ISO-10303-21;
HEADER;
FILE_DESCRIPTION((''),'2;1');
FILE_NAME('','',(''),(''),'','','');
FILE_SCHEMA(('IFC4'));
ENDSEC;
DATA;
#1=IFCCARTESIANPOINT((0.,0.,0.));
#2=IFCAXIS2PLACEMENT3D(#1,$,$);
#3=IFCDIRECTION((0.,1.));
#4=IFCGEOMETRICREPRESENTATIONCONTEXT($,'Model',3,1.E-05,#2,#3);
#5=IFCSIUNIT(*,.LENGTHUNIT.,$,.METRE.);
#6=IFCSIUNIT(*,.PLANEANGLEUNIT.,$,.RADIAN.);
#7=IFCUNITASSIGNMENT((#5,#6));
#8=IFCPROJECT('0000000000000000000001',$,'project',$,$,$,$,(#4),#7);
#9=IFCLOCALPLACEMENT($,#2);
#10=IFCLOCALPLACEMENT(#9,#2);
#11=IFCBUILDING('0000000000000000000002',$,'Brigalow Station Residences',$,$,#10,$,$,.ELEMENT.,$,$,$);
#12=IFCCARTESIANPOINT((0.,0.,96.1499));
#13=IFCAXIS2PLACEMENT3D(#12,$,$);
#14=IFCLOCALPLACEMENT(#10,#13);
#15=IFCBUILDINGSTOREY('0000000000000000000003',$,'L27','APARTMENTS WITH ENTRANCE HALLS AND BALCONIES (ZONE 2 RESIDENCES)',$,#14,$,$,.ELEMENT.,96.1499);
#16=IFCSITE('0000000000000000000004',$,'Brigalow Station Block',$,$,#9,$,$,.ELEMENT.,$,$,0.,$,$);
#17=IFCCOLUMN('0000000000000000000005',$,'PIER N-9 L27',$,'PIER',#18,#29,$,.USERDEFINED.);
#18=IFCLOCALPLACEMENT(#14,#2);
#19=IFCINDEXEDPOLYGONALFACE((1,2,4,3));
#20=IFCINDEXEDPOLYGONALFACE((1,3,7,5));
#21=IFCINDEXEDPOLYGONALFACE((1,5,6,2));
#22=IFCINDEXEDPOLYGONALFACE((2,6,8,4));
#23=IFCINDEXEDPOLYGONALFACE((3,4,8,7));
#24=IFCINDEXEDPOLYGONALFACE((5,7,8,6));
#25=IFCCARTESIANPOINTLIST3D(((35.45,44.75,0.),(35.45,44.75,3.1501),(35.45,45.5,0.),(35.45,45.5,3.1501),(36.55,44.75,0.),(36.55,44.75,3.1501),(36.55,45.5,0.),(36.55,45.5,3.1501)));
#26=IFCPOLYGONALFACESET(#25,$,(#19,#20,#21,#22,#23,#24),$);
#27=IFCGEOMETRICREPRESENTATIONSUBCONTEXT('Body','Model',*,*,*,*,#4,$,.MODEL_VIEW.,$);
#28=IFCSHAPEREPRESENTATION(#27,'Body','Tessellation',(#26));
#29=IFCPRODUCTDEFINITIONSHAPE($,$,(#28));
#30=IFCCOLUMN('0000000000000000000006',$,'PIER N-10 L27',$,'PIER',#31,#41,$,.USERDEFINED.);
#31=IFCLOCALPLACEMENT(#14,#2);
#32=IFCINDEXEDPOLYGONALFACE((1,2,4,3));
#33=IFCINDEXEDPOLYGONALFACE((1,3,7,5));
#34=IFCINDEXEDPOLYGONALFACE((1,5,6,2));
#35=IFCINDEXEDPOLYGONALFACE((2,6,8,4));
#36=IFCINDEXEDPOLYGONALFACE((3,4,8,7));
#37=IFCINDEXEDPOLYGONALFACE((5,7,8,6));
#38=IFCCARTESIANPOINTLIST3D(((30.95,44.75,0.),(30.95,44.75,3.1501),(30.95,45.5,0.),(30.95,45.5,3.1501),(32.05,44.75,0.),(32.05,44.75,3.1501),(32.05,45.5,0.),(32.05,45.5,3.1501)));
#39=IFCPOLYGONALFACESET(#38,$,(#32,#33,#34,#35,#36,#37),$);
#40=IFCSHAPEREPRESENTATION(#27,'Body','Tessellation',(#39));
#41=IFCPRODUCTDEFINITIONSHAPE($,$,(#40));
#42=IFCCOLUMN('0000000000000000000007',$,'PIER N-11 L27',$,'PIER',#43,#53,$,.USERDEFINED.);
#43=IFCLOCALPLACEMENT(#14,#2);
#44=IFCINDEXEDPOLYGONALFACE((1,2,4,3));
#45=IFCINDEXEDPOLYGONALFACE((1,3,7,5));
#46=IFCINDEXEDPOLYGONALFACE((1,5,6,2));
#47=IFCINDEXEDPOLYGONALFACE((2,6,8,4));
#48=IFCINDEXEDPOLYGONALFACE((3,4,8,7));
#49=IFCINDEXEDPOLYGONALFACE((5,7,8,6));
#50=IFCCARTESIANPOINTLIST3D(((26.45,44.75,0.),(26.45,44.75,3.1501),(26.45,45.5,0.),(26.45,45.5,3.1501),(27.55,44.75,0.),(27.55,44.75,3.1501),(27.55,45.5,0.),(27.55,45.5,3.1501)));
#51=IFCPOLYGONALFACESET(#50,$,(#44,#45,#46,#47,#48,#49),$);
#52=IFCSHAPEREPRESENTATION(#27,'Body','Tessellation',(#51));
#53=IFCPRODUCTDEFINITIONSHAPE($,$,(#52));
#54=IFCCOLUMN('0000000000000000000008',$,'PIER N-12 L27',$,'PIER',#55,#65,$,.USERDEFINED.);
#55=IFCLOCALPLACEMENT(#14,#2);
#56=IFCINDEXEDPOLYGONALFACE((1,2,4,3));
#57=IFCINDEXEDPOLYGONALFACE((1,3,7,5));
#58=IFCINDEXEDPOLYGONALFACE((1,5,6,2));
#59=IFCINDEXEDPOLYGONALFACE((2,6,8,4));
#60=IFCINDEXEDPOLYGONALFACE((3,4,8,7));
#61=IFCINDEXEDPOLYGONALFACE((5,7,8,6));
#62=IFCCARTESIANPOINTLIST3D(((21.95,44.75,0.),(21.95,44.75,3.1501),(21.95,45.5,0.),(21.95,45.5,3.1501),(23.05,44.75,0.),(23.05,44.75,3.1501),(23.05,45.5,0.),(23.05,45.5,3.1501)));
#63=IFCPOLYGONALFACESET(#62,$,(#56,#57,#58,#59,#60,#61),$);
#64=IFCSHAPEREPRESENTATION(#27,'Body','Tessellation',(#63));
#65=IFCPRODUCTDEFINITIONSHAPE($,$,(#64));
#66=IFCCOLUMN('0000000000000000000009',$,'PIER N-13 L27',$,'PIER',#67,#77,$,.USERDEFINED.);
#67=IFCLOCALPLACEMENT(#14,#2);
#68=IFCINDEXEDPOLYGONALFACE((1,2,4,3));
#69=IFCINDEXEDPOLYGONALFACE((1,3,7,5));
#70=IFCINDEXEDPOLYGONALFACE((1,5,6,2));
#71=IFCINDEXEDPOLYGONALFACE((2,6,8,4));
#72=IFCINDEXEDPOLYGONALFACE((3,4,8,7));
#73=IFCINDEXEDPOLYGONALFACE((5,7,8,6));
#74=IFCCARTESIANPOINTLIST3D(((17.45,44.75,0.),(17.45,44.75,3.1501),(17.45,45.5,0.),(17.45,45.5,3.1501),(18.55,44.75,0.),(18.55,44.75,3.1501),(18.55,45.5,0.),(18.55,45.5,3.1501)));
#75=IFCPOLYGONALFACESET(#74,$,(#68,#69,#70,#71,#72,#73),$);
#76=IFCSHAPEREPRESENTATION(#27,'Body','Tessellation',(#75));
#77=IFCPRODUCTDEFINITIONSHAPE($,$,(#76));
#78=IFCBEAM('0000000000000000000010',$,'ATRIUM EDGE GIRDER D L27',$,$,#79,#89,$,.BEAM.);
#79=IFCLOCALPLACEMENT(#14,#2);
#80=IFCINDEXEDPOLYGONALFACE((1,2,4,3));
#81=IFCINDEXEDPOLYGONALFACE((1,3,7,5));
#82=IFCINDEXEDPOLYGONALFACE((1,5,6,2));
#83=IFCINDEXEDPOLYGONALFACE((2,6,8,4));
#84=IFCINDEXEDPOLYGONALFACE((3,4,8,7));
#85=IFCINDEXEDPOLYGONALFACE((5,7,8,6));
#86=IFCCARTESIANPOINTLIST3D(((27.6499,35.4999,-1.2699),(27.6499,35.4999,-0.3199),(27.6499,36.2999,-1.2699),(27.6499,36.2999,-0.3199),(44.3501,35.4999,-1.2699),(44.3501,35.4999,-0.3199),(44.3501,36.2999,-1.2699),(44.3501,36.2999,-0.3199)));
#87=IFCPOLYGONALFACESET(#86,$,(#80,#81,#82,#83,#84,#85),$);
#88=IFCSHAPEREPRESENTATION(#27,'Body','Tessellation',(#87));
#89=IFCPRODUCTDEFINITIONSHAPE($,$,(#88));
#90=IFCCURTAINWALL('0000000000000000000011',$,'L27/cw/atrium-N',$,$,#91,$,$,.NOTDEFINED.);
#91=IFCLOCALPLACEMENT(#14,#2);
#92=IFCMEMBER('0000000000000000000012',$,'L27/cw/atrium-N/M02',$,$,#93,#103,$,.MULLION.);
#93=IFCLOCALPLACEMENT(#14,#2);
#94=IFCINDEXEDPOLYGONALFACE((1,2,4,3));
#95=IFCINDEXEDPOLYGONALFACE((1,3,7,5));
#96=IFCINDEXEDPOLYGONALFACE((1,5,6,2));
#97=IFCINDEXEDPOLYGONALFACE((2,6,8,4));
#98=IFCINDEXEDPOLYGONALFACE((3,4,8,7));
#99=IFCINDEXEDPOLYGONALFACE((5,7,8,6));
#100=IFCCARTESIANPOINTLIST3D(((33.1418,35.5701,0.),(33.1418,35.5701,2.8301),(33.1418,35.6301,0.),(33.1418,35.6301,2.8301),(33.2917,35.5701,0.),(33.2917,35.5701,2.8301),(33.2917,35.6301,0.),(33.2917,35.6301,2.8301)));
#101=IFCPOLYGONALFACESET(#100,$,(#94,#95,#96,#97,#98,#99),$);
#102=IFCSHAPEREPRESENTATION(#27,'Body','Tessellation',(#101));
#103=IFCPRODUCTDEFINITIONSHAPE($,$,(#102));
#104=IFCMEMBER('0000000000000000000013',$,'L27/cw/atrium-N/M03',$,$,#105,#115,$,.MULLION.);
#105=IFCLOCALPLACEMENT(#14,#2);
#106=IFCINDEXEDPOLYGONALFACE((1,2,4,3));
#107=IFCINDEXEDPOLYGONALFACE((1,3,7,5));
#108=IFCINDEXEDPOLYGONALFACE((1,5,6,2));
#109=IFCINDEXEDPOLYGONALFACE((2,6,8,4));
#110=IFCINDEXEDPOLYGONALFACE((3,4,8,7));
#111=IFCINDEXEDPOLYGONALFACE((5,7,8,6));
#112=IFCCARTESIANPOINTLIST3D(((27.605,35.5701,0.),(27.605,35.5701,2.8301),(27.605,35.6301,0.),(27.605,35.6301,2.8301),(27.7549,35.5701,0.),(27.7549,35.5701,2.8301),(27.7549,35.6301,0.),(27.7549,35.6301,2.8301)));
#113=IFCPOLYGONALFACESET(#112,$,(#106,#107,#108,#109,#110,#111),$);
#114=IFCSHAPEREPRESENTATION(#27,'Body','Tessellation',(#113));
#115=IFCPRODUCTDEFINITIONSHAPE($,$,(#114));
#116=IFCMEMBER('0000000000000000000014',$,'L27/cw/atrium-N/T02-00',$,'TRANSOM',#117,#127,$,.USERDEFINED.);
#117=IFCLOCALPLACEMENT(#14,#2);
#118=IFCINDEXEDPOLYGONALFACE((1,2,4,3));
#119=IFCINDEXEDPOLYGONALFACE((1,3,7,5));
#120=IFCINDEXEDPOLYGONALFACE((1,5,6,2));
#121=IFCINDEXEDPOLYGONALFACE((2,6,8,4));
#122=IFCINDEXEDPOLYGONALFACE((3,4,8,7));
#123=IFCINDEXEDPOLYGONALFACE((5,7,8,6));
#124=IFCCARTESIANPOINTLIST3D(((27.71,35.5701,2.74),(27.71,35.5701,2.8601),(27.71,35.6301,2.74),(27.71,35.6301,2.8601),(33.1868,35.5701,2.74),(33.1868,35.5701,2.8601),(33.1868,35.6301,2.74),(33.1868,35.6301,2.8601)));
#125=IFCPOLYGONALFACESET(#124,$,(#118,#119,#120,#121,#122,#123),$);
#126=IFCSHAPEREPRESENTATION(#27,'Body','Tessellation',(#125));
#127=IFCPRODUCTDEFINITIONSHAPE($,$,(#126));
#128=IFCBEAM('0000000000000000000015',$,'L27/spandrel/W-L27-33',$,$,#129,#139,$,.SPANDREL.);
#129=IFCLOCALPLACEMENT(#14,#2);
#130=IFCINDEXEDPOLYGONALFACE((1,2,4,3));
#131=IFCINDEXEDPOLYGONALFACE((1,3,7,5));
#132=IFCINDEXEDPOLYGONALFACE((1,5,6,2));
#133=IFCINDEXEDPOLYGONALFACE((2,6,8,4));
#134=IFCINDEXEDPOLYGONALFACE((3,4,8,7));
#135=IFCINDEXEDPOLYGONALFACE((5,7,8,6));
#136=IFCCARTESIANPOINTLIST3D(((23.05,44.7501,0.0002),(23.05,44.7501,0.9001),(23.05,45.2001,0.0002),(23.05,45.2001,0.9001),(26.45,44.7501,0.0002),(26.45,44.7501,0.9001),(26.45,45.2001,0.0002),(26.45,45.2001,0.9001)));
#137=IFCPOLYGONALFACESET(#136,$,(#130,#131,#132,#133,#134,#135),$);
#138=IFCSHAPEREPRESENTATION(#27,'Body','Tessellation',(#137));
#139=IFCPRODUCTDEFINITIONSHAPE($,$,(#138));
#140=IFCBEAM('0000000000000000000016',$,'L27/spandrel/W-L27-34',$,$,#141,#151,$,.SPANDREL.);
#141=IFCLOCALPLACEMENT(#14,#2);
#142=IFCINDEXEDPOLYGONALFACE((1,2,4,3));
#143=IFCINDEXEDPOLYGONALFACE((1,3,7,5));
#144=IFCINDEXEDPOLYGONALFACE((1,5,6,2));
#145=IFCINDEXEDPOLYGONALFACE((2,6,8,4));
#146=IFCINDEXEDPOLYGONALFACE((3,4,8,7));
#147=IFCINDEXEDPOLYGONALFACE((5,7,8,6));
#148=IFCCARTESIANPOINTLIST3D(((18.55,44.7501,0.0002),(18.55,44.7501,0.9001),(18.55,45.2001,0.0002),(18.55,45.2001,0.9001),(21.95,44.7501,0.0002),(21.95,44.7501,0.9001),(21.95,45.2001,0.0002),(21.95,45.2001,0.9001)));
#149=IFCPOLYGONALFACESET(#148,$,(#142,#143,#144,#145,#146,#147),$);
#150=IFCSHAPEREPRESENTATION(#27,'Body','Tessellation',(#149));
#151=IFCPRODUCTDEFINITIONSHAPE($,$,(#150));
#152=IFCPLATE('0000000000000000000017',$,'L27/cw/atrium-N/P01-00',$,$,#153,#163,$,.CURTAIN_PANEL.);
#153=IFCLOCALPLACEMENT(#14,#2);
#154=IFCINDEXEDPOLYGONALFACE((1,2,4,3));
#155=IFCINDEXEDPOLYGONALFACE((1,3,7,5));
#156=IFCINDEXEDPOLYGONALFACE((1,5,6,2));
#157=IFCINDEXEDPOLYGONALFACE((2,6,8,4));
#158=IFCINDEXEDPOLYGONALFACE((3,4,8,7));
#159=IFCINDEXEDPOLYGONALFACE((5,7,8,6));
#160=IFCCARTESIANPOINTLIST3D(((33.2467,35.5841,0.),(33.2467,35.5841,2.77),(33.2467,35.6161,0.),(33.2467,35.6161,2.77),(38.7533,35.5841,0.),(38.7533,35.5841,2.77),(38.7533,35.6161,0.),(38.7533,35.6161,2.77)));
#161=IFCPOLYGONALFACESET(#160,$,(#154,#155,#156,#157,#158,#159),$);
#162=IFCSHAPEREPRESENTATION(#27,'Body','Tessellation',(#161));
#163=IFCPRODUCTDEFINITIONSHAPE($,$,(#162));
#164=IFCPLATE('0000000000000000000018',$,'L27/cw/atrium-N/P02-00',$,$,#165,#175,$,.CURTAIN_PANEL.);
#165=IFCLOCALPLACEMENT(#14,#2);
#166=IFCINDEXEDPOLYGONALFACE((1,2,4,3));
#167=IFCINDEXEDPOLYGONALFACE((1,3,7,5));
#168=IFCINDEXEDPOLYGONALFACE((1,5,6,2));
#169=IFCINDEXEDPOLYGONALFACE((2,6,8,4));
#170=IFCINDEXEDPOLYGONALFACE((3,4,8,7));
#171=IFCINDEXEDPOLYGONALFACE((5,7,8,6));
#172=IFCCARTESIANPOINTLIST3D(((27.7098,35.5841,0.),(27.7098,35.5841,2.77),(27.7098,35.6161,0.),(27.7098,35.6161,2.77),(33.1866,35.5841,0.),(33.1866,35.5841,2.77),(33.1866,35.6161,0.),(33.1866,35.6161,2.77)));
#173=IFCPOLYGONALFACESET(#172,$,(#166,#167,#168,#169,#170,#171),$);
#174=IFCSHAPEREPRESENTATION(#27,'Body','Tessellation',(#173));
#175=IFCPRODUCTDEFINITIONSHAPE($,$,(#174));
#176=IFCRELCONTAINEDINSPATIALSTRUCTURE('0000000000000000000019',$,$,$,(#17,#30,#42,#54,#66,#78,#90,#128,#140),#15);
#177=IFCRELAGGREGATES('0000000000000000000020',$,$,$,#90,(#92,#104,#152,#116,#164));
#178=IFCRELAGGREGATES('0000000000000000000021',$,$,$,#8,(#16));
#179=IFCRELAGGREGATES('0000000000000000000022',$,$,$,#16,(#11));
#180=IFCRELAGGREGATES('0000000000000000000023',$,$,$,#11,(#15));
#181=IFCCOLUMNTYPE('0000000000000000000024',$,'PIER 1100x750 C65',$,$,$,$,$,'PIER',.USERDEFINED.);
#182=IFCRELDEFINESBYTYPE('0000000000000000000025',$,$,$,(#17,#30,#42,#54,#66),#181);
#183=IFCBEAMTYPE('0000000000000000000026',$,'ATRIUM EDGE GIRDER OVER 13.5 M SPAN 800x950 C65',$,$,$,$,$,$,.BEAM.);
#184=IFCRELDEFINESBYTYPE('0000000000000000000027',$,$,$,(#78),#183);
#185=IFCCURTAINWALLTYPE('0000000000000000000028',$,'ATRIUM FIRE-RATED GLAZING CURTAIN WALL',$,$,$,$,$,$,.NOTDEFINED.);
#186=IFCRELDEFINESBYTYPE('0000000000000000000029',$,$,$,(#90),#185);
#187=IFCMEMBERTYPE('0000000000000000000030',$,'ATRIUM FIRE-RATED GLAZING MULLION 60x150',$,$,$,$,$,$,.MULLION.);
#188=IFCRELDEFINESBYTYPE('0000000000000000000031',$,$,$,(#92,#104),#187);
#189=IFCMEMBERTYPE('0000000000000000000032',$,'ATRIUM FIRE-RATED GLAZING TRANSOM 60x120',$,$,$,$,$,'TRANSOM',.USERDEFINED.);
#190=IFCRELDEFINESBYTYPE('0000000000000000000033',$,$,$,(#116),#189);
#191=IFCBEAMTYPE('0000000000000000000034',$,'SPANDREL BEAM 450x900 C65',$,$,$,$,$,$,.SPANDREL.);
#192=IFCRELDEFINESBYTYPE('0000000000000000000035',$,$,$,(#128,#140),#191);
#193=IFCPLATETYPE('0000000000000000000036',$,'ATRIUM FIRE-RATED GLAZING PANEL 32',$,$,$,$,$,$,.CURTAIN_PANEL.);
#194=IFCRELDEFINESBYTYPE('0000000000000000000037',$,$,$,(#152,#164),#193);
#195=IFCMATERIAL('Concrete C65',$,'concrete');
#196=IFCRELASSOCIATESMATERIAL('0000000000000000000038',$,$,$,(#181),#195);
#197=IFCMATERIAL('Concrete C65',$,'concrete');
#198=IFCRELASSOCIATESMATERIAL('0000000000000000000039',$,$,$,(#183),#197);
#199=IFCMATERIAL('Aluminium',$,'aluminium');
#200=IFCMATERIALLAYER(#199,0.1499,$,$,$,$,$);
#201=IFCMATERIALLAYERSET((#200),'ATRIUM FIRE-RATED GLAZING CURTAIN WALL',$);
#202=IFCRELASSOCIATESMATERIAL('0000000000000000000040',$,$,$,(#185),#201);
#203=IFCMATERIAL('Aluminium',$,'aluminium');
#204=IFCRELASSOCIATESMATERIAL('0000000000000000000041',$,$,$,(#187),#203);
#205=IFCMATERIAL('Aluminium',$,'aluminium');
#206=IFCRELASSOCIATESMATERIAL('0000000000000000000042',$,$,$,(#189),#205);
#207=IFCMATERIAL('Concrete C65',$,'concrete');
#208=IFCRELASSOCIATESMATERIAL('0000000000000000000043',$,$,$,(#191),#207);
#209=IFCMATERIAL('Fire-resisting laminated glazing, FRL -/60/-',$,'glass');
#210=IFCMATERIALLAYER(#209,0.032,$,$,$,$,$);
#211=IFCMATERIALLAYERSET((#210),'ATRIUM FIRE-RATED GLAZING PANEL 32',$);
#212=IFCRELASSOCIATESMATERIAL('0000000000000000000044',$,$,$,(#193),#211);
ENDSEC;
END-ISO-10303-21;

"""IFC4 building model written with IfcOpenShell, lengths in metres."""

from ifc_helpers import new_model, si_unit, direction, frame, origin, origin_2d, place, context, subcontext, project, spatial, rectangle, extrude, material, layer, layer_set, material_profile, profile_set, type_object, element, aggregate, save


model = new_model("IFC4")

# Units and contexts
model_context = context("Model", 3, precision=1e-05, world=origin(), true_north=direction((0.0, 1.0)))
body_context = subcontext(model_context, "Body", "Model", "MODEL_VIEW")
ifc_project = project(units=[si_unit("LENGTHUNIT", "METRE"), si_unit("PLANEANGLEUNIT", "RADIAN")], contexts=[model_context])

# Site, building, storey
site_placement = place(None, origin())
site = spatial("IfcSite", under=ifc_project, at=site_placement, Name="Brigalow Station Block", CompositionType="ELEMENT", RefElevation=0.0)
building_placement = place(site_placement, origin())
building = spatial("IfcBuilding", under=site, at=building_placement, Name="Brigalow Station Residences", CompositionType="ELEMENT")
storey_placement = place(building_placement, frame((0.0, 0.0, 96.1499)))
storey = spatial("IfcBuildingStorey", under=building, at=storey_placement, Name="L27", Description="APARTMENTS WITH ENTRANCE HALLS AND BALCONIES (ZONE 2 RESIDENCES)", CompositionType="ELEMENT", Elevation=96.1499)

# Columns
ifc_material_1 = material(Name="Concrete C65", Category="concrete")
ifc_material_profile_1 = material_profile(ifc_material_1, rectangle(XDim=1.1001, YDim=0.75, at=origin_2d()), Name="RC1100x750")
ifc_profile_set_1 = profile_set([ifc_material_profile_1], Name="Concrete C65")
column_type = type_object("IfcColumnType", Name="PIER 1100x750 C65", ElementType="PIER", PredefinedType="USERDEFINED", material=ifc_profile_set_1)
for number, where, z_axis, x_axis, name in (
    (1, (36.0, 45.125, 0.0), (0.0, 0.0, 1.0), (-1.0, 0.0, 0.0), "PIER N-9 L27"),
    (2, (31.5, 45.125, 0.0), (0.0, 0.0, 1.0), (-1.0, 0.0, 0.0), "PIER N-10 L27"),
    (3, (27.0, 45.125, 0.0), (0.0, 0.0, 1.0), (-1.0, 0.0, 0.0), "PIER N-11 L27"),
    (4, (22.5, 45.125, 0.0), (0.0, 0.0, 1.0), (-1.0, 0.0, 0.0), "PIER N-12 L27"),
    (5, (18.0, 45.125, 0.0), (0.0, 0.0, 1.0), (-1.0, 0.0, 0.0), "PIER N-13 L27"),
):
    element("IfcColumn", number, at=place(storey_placement, frame(where, z_axis=z_axis, x_axis=x_axis)), inside=storey, type_object=column_type, Name=name, ObjectType="PIER", PredefinedType="USERDEFINED", context=body_context, shape_type="SweptSolid", body=[
        extrude(rectangle(XDim=1.1001, YDim=0.75, at=origin_2d()), origin(), (0.0, 0.0, 1.0), 3.1501),
    ])

# Beam
ifc_material_2 = material(Name="Concrete C65", Category="concrete")
ifc_material_profile_2 = material_profile(ifc_material_2, rectangle(XDim=0.8, YDim=0.95, at=origin_2d()), Name="RC800x950")
ifc_profile_set_2 = profile_set([ifc_material_profile_2], Name="Concrete C65")
beam_type_1 = type_object("IfcBeamType", Name="ATRIUM EDGE GIRDER OVER 13.5 M SPAN 800x950 C65", PredefinedType="BEAM", material=ifc_profile_set_2)
beam_placement = place(storey_placement, frame((27.6499, 35.8999, -0.7949), z_axis=(1.0, 0.0, 0.0), x_axis=(0.0, 1.0, 0.0)))
element("IfcBeam", 6, at=beam_placement, inside=storey, type_object=beam_type_1, Name="ATRIUM EDGE GIRDER D L27", PredefinedType="BEAM", context=body_context, shape_type="SweptSolid", body=[
    extrude(rectangle(XDim=0.8, YDim=0.95, at=origin_2d()), origin(), (0.0, 0.0, 1.0), 16.7002),
])

# Curtain wall, members
ifc_material_3 = material(Name="Aluminium", Category="aluminium")
ifc_layer_1 = layer(ifc_material_3, 0.1499)
ifc_layer_set_1 = layer_set([ifc_layer_1], Name="ATRIUM FIRE-RATED GLAZING CURTAIN WALL")
curtain_wall_type = type_object("IfcCurtainWallType", Name="ATRIUM FIRE-RATED GLAZING CURTAIN WALL", PredefinedType="NOTDEFINED", material=ifc_layer_set_1)
curtain_wall_placement = place(storey_placement, origin())
curtain_wall = element("IfcCurtainWall", 7, at=curtain_wall_placement, inside=storey, type_object=curtain_wall_type, Name="L27/cw/atrium-N", PredefinedType="NOTDEFINED")
ifc_material_4 = material(Name="Aluminium", Category="aluminium")
ifc_material_profile_3 = material_profile(ifc_material_4, rectangle(XDim=0.0601, YDim=0.1499, at=origin_2d()), Name="ATRIUM FIRE-RATED GLAZING MULLION 60x150")
ifc_profile_set_3 = profile_set([ifc_material_profile_3], Name="Aluminium")
member_type_1 = type_object("IfcMemberType", Name="ATRIUM FIRE-RATED GLAZING MULLION 60x150", PredefinedType="MULLION", material=ifc_profile_set_3)
member_1_placement = place(storey_placement, frame((33.2168, 35.6001, 0.0), z_axis=(0.0, 0.0, 1.0), x_axis=(0.0, -1.0, 0.0)))
member_1 = element("IfcMember", 8, at=member_1_placement, type_object=member_type_1, Name="L27/cw/atrium-N/M02", PredefinedType="MULLION", context=body_context, shape_type="SweptSolid", body=[
    extrude(rectangle(XDim=0.0601, YDim=0.1499, at=origin_2d()), origin(), (0.0, 0.0, 1.0), 2.8301),
])
member_2_placement = place(storey_placement, frame((27.6799, 35.6001, 0.0), z_axis=(0.0, 0.0, 1.0), x_axis=(0.0, -1.0, 0.0)))
member_2 = element("IfcMember", 9, at=member_2_placement, type_object=member_type_1, Name="L27/cw/atrium-N/M03", PredefinedType="MULLION", context=body_context, shape_type="SweptSolid", body=[
    extrude(rectangle(XDim=0.0601, YDim=0.1499, at=origin_2d()), origin(), (0.0, 0.0, 1.0), 2.8301),
])
ifc_material_5 = material(Name="Aluminium", Category="aluminium")
ifc_material_profile_4 = material_profile(ifc_material_5, rectangle(XDim=0.0601, YDim=0.1201, at=origin_2d()), Name="ATRIUM FIRE-RATED GLAZING TRANSOM 60x120")
ifc_profile_set_4 = profile_set([ifc_material_profile_4], Name="Aluminium")
member_type_2 = type_object("IfcMemberType", Name="ATRIUM FIRE-RATED GLAZING TRANSOM 60x120", ElementType="TRANSOM", PredefinedType="USERDEFINED", material=ifc_profile_set_4)
member_3_placement = place(storey_placement, frame((33.1868, 35.6001, 2.8), z_axis=(-1.0, 0.0, 0.0), x_axis=(0.0, -1.0, 0.0)))
member_3 = element("IfcMember", 10, at=member_3_placement, type_object=member_type_2, Name="L27/cw/atrium-N/T02-00", ObjectType="TRANSOM", PredefinedType="USERDEFINED", context=body_context, shape_type="SweptSolid", body=[
    extrude(rectangle(XDim=0.0601, YDim=0.1201, at=origin_2d()), origin(), (0.0, 0.0, 1.0), 5.4768),
])

# Beams
ifc_material_6 = material(Name="Concrete C65", Category="concrete")
ifc_material_profile_5 = material_profile(ifc_material_6, rectangle(XDim=0.45, YDim=0.8999, at=origin_2d()), Name="RC450x900")
ifc_profile_set_5 = profile_set([ifc_material_profile_5], Name="Concrete C65")
beam_type_2 = type_object("IfcBeamType", Name="SPANDREL BEAM 450x900 C65", PredefinedType="SPANDREL", material=ifc_profile_set_5)
for number, where, z_axis, x_axis, name in (
    (11, (26.45, 44.9751, 0.4502), (-1.0, 0.0, 0.0), (0.0, -1.0, 0.0), "L27/spandrel/W-L27-33"),
    (12, (21.95, 44.9751, 0.4502), (-1.0, 0.0, 0.0), (0.0, -1.0, 0.0), "L27/spandrel/W-L27-34"),
):
    element("IfcBeam", number, at=place(storey_placement, frame(where, z_axis=z_axis, x_axis=x_axis)), inside=storey, type_object=beam_type_2, Name=name, PredefinedType="SPANDREL", context=body_context, shape_type="SweptSolid", body=[
        extrude(rectangle(XDim=0.45, YDim=0.8999, at=origin_2d()), origin(), (0.0, 0.0, 1.0), 3.3999),
    ])

# Plates
ifc_material_7 = material(Name="Fire-resisting laminated glazing, FRL -/60/-", Category="glass")
ifc_layer_2 = layer(ifc_material_7, 0.032)
ifc_layer_set_2 = layer_set([ifc_layer_2], Name="ATRIUM FIRE-RATED GLAZING PANEL 32")
plate_type = type_object("IfcPlateType", Name="ATRIUM FIRE-RATED GLAZING PANEL 32", PredefinedType="CURTAIN_PANEL", material=ifc_layer_set_2)
plate_1_placement = place(storey_placement, frame((36.0, 35.6001, 0.0), z_axis=(0.0, 0.0, 1.0), x_axis=(-1.0, 0.0, 0.0)))
plate_1 = element("IfcPlate", 13, at=plate_1_placement, type_object=plate_type, Name="L27/cw/atrium-N/P01-00", PredefinedType="CURTAIN_PANEL", context=body_context, shape_type="SweptSolid", body=[
    extrude(rectangle(XDim=5.5066, YDim=0.032, at=origin_2d()), origin(), (0.0, 0.0, 1.0), 2.77),
])
plate_2_placement = place(storey_placement, frame((30.4482, 35.6001, 0.0), z_axis=(0.0, 0.0, 1.0), x_axis=(-1.0, 0.0, 0.0)))
plate_2 = element("IfcPlate", 14, at=plate_2_placement, type_object=plate_type, Name="L27/cw/atrium-N/P02-00", PredefinedType="CURTAIN_PANEL", context=body_context, shape_type="SweptSolid", body=[
    extrude(rectangle(XDim=5.4768, YDim=0.032, at=origin_2d()), origin(), (0.0, 0.0, 1.0), 2.77),
])
aggregate(curtain_wall, [member_1, member_2, plate_1, member_3, plate_2])

save(model, "model.ifc")
